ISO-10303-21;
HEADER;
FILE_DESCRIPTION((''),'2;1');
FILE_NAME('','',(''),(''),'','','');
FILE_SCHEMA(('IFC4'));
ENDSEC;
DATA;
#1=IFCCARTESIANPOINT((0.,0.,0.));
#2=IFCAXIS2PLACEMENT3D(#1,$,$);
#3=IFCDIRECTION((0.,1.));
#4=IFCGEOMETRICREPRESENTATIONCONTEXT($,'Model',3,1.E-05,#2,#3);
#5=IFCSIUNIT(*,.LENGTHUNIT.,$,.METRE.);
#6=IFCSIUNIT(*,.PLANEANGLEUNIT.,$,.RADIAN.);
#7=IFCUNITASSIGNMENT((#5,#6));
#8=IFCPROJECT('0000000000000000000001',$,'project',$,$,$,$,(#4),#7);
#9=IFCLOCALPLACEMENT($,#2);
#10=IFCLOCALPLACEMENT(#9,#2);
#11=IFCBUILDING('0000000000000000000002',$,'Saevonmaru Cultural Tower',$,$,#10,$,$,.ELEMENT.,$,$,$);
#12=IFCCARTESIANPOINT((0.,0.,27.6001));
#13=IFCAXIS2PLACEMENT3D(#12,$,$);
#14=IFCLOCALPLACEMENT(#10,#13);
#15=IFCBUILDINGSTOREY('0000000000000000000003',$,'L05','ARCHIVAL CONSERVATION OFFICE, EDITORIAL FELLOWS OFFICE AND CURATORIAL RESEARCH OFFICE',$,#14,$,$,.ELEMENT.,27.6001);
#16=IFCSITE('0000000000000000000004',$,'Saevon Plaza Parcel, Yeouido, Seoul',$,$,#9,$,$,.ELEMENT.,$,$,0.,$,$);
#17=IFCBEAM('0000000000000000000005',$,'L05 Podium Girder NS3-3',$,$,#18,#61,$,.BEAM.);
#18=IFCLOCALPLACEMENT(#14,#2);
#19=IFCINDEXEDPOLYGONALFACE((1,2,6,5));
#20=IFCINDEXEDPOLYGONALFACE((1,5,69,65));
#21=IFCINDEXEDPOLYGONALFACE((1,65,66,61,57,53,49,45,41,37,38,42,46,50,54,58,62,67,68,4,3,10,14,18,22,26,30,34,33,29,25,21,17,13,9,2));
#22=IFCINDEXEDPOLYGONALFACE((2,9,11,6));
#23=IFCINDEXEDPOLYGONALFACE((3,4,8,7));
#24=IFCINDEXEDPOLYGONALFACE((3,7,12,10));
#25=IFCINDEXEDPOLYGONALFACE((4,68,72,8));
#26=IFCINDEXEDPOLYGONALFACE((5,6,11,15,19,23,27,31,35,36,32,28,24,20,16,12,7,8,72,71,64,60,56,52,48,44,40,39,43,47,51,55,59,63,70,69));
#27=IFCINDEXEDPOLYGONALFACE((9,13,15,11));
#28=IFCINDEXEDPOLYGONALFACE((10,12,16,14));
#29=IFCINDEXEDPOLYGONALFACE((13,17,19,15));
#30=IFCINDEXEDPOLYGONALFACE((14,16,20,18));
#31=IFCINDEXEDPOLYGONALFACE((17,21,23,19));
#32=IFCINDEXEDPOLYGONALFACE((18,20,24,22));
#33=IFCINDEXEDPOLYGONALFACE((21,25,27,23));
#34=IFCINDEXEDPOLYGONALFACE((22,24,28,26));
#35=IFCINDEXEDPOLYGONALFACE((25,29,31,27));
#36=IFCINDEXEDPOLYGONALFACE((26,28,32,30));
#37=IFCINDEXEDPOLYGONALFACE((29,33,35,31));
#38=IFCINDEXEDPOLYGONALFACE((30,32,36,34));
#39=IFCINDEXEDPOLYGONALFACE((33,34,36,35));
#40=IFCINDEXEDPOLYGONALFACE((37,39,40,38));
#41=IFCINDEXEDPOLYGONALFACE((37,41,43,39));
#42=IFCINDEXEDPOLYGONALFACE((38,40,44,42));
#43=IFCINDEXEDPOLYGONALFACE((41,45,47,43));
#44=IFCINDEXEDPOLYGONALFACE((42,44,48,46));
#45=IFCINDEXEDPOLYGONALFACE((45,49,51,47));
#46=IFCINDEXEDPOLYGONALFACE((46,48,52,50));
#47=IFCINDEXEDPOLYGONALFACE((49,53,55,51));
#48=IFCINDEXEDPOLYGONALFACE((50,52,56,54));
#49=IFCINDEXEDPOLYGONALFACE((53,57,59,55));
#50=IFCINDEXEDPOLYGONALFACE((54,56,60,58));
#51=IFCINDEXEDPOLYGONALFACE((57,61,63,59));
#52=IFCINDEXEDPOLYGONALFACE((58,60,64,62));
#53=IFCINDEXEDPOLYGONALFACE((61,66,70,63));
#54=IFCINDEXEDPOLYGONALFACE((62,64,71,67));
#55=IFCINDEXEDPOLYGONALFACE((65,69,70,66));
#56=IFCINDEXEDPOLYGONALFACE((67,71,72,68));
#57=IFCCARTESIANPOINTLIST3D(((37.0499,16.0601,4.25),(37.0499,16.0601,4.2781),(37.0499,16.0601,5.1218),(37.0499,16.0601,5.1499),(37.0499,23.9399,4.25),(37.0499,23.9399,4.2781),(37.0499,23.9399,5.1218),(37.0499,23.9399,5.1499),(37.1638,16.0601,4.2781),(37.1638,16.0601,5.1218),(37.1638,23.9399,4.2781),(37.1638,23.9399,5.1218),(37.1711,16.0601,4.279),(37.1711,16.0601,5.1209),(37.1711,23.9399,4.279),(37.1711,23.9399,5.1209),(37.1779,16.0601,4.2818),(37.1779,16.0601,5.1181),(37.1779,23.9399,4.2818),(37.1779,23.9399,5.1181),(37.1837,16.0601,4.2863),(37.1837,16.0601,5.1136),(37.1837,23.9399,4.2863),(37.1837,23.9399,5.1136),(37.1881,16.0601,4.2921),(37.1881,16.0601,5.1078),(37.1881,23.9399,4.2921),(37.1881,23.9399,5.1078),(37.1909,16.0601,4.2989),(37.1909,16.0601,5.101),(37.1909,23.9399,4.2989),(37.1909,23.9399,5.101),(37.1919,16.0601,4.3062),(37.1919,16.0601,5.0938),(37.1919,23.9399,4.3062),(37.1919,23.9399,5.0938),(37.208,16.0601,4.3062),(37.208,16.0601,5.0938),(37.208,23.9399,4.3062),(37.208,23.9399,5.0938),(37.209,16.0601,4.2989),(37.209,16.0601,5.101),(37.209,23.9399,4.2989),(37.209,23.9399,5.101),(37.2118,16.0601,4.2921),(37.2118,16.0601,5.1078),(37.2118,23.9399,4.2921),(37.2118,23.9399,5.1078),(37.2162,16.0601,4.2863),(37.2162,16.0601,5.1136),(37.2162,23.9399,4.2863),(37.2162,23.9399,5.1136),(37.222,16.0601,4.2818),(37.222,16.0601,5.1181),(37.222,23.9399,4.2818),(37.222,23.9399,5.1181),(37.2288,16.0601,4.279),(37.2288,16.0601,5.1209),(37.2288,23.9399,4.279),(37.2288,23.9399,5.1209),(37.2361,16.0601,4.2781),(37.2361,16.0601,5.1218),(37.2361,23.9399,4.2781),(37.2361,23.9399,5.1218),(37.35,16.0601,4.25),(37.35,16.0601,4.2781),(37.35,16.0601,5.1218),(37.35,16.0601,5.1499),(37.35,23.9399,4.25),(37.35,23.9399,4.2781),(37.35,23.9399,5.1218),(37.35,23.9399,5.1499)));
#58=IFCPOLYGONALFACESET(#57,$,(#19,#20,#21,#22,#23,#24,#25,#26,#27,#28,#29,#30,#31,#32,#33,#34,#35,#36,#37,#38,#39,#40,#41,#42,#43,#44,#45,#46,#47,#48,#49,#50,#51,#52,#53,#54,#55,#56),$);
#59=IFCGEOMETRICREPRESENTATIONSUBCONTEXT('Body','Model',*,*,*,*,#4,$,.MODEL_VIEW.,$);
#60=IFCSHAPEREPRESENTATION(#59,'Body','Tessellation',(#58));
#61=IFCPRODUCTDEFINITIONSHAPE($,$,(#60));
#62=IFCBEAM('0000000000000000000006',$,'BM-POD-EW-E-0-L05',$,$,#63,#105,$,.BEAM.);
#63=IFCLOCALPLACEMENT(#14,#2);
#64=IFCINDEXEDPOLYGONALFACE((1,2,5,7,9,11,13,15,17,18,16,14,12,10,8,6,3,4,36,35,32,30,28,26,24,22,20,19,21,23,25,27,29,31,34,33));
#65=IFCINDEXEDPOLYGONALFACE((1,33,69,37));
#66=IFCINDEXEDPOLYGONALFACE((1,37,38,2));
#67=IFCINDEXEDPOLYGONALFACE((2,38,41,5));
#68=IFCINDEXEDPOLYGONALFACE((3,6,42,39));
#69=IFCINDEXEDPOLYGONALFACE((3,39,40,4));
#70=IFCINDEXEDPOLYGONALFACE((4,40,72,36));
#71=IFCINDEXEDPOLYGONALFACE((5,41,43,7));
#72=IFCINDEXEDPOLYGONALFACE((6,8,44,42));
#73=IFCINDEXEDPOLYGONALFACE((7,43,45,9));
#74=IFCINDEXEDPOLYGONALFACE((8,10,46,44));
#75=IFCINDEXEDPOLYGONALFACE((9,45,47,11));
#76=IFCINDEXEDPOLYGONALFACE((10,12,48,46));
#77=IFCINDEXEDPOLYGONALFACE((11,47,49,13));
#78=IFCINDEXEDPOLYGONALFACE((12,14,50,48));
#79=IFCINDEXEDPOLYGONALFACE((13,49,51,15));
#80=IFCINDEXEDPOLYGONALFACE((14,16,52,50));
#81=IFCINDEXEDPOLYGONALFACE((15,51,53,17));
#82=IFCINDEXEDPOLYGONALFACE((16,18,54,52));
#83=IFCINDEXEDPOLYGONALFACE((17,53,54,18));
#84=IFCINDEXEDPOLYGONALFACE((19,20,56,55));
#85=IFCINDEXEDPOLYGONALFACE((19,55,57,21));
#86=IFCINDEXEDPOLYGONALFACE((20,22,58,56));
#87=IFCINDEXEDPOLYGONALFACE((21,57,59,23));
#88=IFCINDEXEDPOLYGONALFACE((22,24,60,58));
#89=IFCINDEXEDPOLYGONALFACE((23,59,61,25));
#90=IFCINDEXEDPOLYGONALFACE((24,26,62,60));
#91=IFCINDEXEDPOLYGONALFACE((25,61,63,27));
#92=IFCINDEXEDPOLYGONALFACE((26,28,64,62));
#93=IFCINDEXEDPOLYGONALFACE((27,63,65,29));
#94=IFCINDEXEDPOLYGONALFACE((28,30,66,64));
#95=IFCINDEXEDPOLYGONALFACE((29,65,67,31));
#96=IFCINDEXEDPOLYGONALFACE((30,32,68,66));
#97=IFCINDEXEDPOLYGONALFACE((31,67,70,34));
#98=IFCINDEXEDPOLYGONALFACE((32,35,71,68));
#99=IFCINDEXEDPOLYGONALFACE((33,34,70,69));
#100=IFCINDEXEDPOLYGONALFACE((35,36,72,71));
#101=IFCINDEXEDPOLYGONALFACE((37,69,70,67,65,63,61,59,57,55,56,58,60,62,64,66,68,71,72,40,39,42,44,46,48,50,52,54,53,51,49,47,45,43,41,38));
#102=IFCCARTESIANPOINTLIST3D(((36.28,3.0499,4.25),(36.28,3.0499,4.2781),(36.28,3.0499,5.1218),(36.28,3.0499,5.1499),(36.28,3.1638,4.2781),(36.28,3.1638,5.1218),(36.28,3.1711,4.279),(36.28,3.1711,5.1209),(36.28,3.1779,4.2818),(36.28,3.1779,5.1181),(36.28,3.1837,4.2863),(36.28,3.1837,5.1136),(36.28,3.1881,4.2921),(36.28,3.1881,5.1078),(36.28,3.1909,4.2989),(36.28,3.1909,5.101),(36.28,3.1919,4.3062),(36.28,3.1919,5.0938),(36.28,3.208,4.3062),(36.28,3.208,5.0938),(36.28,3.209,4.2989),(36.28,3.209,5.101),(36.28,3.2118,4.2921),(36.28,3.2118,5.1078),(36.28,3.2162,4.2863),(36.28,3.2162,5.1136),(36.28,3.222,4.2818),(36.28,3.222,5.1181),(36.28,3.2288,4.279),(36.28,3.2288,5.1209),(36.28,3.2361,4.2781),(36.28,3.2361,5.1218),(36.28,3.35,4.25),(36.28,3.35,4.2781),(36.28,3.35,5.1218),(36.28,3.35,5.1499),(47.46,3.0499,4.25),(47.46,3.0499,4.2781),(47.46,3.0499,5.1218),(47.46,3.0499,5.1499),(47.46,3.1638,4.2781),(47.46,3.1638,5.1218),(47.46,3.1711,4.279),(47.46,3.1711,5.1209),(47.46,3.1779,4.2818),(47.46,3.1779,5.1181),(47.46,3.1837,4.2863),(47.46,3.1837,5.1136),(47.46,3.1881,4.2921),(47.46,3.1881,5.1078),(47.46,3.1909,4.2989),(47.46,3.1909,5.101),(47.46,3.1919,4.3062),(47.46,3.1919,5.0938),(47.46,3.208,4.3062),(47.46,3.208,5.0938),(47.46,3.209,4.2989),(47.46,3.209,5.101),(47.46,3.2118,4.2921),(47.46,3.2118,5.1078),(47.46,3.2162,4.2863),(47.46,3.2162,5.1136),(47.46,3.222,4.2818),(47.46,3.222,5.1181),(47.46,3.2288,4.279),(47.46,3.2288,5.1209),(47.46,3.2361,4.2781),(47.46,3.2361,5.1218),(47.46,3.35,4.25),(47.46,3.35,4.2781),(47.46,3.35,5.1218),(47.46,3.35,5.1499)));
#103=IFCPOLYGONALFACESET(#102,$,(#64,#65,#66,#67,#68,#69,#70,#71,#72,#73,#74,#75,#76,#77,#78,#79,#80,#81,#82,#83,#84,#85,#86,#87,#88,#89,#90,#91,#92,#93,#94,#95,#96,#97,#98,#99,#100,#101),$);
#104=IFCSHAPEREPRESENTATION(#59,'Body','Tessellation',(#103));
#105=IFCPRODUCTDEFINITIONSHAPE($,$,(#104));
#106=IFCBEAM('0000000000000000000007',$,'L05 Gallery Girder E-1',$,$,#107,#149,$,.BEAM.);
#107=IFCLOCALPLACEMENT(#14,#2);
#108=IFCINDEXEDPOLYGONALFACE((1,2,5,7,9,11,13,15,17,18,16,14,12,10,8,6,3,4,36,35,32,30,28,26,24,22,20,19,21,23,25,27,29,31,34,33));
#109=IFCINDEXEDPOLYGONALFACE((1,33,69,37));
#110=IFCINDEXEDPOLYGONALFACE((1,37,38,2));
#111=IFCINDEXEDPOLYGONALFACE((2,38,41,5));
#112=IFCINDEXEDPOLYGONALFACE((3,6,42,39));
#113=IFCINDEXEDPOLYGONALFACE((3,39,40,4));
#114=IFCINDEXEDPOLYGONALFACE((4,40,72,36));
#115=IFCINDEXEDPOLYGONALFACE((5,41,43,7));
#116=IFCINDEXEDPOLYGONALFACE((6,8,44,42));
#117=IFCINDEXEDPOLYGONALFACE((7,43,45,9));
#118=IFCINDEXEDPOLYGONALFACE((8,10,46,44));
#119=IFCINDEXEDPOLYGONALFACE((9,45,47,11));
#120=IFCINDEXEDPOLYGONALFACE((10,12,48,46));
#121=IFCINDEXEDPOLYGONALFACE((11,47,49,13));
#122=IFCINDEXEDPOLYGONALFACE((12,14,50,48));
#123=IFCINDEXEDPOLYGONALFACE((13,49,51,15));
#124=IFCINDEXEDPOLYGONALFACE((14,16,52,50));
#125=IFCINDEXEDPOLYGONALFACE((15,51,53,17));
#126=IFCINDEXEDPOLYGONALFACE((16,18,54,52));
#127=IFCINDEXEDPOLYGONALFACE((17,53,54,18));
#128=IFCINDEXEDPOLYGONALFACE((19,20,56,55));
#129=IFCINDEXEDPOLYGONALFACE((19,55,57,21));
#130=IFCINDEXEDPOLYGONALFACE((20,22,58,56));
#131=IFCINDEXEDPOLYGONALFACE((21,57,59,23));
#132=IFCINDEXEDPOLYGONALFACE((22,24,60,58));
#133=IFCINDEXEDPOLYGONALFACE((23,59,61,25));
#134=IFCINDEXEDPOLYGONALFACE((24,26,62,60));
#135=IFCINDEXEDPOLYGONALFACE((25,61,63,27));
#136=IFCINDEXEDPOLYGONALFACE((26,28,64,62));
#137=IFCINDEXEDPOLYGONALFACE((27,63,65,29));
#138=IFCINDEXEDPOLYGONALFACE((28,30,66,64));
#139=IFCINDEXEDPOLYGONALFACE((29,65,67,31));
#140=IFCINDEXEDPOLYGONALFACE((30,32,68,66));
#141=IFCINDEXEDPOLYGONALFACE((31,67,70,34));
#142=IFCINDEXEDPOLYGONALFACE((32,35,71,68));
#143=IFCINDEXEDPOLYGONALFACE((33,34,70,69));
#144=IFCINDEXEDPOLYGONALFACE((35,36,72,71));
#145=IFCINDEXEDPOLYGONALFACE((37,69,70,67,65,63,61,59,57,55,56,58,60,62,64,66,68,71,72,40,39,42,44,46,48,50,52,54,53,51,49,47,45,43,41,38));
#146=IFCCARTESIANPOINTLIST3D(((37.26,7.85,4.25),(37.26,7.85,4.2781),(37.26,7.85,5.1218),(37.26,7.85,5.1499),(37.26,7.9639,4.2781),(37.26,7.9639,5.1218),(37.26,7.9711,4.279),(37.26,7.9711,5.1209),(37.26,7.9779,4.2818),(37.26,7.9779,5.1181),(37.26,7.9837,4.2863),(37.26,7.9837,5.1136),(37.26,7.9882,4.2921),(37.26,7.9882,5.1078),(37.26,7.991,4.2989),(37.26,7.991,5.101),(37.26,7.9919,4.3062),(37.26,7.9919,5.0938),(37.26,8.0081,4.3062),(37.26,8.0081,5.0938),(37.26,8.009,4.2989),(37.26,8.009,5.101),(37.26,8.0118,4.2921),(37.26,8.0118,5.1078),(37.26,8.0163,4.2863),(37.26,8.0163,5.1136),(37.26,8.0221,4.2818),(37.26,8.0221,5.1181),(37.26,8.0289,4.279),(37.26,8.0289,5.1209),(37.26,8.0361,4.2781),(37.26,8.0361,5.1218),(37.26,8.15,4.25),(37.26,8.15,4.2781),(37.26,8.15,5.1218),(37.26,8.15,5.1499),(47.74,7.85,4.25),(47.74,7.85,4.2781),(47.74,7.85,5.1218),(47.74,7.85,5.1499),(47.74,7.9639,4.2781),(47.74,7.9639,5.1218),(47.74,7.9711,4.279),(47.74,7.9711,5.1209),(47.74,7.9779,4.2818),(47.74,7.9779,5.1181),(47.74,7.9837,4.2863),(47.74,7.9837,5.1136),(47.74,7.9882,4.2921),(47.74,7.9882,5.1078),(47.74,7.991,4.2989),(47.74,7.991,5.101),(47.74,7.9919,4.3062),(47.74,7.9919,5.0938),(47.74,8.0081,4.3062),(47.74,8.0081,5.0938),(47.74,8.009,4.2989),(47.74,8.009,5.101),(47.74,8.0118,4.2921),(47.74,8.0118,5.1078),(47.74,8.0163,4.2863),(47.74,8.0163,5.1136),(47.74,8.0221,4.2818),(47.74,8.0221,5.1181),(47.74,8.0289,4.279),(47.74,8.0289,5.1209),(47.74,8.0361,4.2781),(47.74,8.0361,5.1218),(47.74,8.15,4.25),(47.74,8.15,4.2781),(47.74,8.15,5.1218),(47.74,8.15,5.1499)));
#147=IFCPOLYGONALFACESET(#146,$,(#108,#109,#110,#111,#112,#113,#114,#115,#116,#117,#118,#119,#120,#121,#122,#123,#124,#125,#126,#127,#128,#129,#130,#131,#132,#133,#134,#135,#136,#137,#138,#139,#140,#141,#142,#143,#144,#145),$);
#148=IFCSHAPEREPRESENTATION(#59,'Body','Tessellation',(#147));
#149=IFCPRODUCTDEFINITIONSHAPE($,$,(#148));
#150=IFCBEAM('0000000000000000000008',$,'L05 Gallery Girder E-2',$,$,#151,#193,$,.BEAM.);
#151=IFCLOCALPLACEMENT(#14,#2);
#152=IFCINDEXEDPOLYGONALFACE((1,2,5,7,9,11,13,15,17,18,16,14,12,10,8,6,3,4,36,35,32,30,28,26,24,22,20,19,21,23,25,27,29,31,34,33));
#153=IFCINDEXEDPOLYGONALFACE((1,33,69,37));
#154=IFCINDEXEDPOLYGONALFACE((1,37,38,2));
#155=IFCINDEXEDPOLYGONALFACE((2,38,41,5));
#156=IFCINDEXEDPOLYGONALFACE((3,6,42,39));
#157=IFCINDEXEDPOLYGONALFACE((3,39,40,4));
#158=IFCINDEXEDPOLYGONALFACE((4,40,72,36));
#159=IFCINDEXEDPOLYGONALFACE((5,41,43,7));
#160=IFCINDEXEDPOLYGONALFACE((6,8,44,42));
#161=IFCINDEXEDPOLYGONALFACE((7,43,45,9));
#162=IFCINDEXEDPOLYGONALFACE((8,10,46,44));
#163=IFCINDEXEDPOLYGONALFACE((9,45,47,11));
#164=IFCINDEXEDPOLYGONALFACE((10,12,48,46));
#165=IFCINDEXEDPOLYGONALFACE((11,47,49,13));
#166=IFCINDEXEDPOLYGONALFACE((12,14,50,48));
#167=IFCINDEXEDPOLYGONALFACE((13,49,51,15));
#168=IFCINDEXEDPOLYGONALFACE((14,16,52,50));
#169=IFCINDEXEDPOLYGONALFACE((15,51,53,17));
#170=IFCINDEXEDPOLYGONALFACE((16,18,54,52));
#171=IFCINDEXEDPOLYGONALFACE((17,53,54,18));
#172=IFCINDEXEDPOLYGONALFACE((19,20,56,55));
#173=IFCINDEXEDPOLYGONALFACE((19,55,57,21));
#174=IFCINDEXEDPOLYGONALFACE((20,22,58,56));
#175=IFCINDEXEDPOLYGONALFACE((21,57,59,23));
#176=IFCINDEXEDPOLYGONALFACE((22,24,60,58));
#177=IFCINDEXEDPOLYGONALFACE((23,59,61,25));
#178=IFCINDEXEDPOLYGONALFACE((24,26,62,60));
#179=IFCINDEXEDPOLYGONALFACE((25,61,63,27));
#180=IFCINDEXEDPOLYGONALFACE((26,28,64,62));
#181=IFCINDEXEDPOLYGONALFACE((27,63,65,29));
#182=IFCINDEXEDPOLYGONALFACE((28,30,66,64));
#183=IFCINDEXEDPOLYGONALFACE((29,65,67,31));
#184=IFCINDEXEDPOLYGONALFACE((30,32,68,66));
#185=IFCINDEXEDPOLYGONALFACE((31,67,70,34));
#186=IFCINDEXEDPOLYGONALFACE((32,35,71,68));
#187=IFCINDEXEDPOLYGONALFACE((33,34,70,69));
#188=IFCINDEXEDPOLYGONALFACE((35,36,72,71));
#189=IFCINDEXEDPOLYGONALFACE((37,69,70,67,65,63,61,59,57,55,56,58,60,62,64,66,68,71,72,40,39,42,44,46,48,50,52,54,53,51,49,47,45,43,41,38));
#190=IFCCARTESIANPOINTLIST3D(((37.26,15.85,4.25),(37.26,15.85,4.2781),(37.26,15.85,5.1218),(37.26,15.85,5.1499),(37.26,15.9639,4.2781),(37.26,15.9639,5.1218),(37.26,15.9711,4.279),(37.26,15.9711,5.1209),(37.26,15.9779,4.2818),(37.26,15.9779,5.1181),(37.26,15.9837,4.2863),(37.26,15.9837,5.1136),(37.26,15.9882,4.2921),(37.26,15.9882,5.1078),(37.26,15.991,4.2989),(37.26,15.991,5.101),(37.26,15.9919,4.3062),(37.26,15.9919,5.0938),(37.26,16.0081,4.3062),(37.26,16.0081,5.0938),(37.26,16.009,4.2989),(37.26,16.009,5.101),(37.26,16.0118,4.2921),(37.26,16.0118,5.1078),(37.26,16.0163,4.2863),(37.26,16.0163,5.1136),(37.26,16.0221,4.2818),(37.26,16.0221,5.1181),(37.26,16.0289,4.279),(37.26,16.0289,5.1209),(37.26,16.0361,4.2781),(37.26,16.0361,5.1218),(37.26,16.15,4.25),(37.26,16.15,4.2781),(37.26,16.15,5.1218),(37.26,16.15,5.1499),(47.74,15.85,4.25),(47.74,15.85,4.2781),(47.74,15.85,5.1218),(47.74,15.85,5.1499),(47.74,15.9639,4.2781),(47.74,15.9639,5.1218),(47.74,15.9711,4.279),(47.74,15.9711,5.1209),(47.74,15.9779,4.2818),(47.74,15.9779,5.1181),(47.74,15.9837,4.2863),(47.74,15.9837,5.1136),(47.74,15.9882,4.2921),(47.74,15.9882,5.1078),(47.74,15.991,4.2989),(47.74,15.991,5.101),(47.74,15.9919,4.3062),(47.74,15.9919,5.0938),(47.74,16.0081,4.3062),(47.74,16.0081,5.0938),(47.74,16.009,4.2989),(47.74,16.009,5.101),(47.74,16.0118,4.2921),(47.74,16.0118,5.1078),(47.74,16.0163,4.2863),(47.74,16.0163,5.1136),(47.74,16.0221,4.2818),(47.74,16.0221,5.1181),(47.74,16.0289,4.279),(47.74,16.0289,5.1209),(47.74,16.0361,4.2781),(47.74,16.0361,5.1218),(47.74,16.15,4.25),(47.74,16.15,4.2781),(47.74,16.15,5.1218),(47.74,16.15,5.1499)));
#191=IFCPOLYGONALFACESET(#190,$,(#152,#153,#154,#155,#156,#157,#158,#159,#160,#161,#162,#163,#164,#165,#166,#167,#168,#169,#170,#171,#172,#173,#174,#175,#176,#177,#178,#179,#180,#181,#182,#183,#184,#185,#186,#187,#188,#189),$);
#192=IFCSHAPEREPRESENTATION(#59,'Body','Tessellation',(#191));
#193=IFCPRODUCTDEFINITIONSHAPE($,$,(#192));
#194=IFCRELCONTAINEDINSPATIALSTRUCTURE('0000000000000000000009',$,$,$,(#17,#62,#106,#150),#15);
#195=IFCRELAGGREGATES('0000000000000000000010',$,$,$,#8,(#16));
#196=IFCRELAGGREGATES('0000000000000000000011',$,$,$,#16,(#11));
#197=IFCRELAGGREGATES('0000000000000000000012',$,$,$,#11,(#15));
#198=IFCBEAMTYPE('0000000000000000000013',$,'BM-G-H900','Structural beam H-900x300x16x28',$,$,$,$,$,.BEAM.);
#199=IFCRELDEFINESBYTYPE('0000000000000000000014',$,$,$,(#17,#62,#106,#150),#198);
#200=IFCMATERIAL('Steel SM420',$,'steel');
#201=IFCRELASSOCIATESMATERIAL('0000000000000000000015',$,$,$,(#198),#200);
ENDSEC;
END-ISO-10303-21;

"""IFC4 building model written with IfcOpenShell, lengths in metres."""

from ifc_helpers import new_model, si_unit, direction, frame, origin, origin_2d, place, context, subcontext, project, spatial, i_section, extrude, material, material_profile, profile_set, type_object, element, save


model = new_model("IFC4")

# Units and contexts
model_context = context("Model", 3, precision=1e-05, world=origin(), true_north=direction((0.0, 1.0)))
body_context = subcontext(model_context, "Body", "Model", "MODEL_VIEW")
ifc_project = project(units=[si_unit("LENGTHUNIT", "METRE"), si_unit("PLANEANGLEUNIT", "RADIAN")], contexts=[model_context])

# Site, building, storey
site_placement = place(None, origin())
site = spatial("IfcSite", under=ifc_project, at=site_placement, Name="Saevon Plaza Parcel, Yeouido, Seoul", CompositionType="ELEMENT", RefElevation=0.0)
building_placement = place(site_placement, origin())
building = spatial("IfcBuilding", under=site, at=building_placement, Name="Saevonmaru Cultural Tower", CompositionType="ELEMENT")
storey_placement = place(building_placement, frame((0.0, 0.0, 27.6001)))
storey = spatial("IfcBuildingStorey", under=building, at=storey_placement, Name="L05", Description="ARCHIVAL CONSERVATION OFFICE, EDITORIAL FELLOWS OFFICE AND CURATORIAL RESEARCH OFFICE", CompositionType="ELEMENT", Elevation=27.6001)

# Shared definitions
ifc_material_1 = material(Name="Steel SM420", Category="steel")

# Beams
ifc_material_profile_1 = material_profile(ifc_material_1, i_section(OverallWidth=0.3, OverallDepth=0.8999, WebThickness=0.0161, FlangeThickness=0.0281, FilletRadius=0.0281, at=origin_2d()), Name="H-900x300x16x28")
ifc_profile_set_1 = profile_set([ifc_material_profile_1], Name="Steel SM420")
beam_type_1 = type_object("IfcBeamType", Name="BM-G-H900", Description="Structural beam H-900x300x16x28", PredefinedType="BEAM", material=ifc_profile_set_1)
for number, where, z_axis, x_axis, name in (
    (1, (37.2, 16.0601, 4.7), (0.0, 1.0, 0.0), (-1.0, 0.0, 0.0), "L05 Podium Girder NS3-3"),
):
    element("IfcBeam", number, at=place(storey_placement, frame(where, z_axis=z_axis, x_axis=x_axis)), inside=storey, type_object=beam_type_1, Name=name, PredefinedType="BEAM", context=body_context, shape_type="SweptSolid", body=[
        extrude(i_section(OverallWidth=0.3, OverallDepth=0.8999, WebThickness=0.0161, FlangeThickness=0.0281, FilletRadius=0.0281, at=origin_2d()), origin(), (0.0, 0.0, 1.0), 7.8799),
    ])
beam_1_placement = place(storey_placement, frame((36.28, 3.2, 4.7), z_axis=(1.0, 0.0, 0.0), x_axis=(0.0, 1.0, 0.0)))
element("IfcBeam", 2, at=beam_1_placement, inside=storey, type_object=beam_type_1, Name="BM-POD-EW-E-0-L05", PredefinedType="BEAM", context=body_context, shape_type="SweptSolid", body=[
    extrude(i_section(OverallWidth=0.3, OverallDepth=0.8999, WebThickness=0.0161, FlangeThickness=0.0281, FilletRadius=0.0281, at=origin_2d()), origin(), (0.0, 0.0, 1.0), 11.1799),
])
for number, where, z_axis, x_axis, name in (
    (3, (37.26, 8.0, 4.7), (1.0, 0.0, 0.0), (0.0, 1.0, 0.0), "L05 Gallery Girder E-1"),
    (4, (37.26, 16.0, 4.7), (1.0, 0.0, 0.0), (0.0, 1.0, 0.0), "L05 Gallery Girder E-2"),
):
    element("IfcBeam", number, at=place(storey_placement, frame(where, z_axis=z_axis, x_axis=x_axis)), inside=storey, type_object=beam_type_1, Name=name, PredefinedType="BEAM", context=body_context, shape_type="SweptSolid", body=[
        extrude(i_section(OverallWidth=0.3, OverallDepth=0.8999, WebThickness=0.0161, FlangeThickness=0.0281, FilletRadius=0.0281, at=origin_2d()), origin(), (0.0, 0.0, 1.0), 10.48),
    ])

save(model, "model.ifc")
